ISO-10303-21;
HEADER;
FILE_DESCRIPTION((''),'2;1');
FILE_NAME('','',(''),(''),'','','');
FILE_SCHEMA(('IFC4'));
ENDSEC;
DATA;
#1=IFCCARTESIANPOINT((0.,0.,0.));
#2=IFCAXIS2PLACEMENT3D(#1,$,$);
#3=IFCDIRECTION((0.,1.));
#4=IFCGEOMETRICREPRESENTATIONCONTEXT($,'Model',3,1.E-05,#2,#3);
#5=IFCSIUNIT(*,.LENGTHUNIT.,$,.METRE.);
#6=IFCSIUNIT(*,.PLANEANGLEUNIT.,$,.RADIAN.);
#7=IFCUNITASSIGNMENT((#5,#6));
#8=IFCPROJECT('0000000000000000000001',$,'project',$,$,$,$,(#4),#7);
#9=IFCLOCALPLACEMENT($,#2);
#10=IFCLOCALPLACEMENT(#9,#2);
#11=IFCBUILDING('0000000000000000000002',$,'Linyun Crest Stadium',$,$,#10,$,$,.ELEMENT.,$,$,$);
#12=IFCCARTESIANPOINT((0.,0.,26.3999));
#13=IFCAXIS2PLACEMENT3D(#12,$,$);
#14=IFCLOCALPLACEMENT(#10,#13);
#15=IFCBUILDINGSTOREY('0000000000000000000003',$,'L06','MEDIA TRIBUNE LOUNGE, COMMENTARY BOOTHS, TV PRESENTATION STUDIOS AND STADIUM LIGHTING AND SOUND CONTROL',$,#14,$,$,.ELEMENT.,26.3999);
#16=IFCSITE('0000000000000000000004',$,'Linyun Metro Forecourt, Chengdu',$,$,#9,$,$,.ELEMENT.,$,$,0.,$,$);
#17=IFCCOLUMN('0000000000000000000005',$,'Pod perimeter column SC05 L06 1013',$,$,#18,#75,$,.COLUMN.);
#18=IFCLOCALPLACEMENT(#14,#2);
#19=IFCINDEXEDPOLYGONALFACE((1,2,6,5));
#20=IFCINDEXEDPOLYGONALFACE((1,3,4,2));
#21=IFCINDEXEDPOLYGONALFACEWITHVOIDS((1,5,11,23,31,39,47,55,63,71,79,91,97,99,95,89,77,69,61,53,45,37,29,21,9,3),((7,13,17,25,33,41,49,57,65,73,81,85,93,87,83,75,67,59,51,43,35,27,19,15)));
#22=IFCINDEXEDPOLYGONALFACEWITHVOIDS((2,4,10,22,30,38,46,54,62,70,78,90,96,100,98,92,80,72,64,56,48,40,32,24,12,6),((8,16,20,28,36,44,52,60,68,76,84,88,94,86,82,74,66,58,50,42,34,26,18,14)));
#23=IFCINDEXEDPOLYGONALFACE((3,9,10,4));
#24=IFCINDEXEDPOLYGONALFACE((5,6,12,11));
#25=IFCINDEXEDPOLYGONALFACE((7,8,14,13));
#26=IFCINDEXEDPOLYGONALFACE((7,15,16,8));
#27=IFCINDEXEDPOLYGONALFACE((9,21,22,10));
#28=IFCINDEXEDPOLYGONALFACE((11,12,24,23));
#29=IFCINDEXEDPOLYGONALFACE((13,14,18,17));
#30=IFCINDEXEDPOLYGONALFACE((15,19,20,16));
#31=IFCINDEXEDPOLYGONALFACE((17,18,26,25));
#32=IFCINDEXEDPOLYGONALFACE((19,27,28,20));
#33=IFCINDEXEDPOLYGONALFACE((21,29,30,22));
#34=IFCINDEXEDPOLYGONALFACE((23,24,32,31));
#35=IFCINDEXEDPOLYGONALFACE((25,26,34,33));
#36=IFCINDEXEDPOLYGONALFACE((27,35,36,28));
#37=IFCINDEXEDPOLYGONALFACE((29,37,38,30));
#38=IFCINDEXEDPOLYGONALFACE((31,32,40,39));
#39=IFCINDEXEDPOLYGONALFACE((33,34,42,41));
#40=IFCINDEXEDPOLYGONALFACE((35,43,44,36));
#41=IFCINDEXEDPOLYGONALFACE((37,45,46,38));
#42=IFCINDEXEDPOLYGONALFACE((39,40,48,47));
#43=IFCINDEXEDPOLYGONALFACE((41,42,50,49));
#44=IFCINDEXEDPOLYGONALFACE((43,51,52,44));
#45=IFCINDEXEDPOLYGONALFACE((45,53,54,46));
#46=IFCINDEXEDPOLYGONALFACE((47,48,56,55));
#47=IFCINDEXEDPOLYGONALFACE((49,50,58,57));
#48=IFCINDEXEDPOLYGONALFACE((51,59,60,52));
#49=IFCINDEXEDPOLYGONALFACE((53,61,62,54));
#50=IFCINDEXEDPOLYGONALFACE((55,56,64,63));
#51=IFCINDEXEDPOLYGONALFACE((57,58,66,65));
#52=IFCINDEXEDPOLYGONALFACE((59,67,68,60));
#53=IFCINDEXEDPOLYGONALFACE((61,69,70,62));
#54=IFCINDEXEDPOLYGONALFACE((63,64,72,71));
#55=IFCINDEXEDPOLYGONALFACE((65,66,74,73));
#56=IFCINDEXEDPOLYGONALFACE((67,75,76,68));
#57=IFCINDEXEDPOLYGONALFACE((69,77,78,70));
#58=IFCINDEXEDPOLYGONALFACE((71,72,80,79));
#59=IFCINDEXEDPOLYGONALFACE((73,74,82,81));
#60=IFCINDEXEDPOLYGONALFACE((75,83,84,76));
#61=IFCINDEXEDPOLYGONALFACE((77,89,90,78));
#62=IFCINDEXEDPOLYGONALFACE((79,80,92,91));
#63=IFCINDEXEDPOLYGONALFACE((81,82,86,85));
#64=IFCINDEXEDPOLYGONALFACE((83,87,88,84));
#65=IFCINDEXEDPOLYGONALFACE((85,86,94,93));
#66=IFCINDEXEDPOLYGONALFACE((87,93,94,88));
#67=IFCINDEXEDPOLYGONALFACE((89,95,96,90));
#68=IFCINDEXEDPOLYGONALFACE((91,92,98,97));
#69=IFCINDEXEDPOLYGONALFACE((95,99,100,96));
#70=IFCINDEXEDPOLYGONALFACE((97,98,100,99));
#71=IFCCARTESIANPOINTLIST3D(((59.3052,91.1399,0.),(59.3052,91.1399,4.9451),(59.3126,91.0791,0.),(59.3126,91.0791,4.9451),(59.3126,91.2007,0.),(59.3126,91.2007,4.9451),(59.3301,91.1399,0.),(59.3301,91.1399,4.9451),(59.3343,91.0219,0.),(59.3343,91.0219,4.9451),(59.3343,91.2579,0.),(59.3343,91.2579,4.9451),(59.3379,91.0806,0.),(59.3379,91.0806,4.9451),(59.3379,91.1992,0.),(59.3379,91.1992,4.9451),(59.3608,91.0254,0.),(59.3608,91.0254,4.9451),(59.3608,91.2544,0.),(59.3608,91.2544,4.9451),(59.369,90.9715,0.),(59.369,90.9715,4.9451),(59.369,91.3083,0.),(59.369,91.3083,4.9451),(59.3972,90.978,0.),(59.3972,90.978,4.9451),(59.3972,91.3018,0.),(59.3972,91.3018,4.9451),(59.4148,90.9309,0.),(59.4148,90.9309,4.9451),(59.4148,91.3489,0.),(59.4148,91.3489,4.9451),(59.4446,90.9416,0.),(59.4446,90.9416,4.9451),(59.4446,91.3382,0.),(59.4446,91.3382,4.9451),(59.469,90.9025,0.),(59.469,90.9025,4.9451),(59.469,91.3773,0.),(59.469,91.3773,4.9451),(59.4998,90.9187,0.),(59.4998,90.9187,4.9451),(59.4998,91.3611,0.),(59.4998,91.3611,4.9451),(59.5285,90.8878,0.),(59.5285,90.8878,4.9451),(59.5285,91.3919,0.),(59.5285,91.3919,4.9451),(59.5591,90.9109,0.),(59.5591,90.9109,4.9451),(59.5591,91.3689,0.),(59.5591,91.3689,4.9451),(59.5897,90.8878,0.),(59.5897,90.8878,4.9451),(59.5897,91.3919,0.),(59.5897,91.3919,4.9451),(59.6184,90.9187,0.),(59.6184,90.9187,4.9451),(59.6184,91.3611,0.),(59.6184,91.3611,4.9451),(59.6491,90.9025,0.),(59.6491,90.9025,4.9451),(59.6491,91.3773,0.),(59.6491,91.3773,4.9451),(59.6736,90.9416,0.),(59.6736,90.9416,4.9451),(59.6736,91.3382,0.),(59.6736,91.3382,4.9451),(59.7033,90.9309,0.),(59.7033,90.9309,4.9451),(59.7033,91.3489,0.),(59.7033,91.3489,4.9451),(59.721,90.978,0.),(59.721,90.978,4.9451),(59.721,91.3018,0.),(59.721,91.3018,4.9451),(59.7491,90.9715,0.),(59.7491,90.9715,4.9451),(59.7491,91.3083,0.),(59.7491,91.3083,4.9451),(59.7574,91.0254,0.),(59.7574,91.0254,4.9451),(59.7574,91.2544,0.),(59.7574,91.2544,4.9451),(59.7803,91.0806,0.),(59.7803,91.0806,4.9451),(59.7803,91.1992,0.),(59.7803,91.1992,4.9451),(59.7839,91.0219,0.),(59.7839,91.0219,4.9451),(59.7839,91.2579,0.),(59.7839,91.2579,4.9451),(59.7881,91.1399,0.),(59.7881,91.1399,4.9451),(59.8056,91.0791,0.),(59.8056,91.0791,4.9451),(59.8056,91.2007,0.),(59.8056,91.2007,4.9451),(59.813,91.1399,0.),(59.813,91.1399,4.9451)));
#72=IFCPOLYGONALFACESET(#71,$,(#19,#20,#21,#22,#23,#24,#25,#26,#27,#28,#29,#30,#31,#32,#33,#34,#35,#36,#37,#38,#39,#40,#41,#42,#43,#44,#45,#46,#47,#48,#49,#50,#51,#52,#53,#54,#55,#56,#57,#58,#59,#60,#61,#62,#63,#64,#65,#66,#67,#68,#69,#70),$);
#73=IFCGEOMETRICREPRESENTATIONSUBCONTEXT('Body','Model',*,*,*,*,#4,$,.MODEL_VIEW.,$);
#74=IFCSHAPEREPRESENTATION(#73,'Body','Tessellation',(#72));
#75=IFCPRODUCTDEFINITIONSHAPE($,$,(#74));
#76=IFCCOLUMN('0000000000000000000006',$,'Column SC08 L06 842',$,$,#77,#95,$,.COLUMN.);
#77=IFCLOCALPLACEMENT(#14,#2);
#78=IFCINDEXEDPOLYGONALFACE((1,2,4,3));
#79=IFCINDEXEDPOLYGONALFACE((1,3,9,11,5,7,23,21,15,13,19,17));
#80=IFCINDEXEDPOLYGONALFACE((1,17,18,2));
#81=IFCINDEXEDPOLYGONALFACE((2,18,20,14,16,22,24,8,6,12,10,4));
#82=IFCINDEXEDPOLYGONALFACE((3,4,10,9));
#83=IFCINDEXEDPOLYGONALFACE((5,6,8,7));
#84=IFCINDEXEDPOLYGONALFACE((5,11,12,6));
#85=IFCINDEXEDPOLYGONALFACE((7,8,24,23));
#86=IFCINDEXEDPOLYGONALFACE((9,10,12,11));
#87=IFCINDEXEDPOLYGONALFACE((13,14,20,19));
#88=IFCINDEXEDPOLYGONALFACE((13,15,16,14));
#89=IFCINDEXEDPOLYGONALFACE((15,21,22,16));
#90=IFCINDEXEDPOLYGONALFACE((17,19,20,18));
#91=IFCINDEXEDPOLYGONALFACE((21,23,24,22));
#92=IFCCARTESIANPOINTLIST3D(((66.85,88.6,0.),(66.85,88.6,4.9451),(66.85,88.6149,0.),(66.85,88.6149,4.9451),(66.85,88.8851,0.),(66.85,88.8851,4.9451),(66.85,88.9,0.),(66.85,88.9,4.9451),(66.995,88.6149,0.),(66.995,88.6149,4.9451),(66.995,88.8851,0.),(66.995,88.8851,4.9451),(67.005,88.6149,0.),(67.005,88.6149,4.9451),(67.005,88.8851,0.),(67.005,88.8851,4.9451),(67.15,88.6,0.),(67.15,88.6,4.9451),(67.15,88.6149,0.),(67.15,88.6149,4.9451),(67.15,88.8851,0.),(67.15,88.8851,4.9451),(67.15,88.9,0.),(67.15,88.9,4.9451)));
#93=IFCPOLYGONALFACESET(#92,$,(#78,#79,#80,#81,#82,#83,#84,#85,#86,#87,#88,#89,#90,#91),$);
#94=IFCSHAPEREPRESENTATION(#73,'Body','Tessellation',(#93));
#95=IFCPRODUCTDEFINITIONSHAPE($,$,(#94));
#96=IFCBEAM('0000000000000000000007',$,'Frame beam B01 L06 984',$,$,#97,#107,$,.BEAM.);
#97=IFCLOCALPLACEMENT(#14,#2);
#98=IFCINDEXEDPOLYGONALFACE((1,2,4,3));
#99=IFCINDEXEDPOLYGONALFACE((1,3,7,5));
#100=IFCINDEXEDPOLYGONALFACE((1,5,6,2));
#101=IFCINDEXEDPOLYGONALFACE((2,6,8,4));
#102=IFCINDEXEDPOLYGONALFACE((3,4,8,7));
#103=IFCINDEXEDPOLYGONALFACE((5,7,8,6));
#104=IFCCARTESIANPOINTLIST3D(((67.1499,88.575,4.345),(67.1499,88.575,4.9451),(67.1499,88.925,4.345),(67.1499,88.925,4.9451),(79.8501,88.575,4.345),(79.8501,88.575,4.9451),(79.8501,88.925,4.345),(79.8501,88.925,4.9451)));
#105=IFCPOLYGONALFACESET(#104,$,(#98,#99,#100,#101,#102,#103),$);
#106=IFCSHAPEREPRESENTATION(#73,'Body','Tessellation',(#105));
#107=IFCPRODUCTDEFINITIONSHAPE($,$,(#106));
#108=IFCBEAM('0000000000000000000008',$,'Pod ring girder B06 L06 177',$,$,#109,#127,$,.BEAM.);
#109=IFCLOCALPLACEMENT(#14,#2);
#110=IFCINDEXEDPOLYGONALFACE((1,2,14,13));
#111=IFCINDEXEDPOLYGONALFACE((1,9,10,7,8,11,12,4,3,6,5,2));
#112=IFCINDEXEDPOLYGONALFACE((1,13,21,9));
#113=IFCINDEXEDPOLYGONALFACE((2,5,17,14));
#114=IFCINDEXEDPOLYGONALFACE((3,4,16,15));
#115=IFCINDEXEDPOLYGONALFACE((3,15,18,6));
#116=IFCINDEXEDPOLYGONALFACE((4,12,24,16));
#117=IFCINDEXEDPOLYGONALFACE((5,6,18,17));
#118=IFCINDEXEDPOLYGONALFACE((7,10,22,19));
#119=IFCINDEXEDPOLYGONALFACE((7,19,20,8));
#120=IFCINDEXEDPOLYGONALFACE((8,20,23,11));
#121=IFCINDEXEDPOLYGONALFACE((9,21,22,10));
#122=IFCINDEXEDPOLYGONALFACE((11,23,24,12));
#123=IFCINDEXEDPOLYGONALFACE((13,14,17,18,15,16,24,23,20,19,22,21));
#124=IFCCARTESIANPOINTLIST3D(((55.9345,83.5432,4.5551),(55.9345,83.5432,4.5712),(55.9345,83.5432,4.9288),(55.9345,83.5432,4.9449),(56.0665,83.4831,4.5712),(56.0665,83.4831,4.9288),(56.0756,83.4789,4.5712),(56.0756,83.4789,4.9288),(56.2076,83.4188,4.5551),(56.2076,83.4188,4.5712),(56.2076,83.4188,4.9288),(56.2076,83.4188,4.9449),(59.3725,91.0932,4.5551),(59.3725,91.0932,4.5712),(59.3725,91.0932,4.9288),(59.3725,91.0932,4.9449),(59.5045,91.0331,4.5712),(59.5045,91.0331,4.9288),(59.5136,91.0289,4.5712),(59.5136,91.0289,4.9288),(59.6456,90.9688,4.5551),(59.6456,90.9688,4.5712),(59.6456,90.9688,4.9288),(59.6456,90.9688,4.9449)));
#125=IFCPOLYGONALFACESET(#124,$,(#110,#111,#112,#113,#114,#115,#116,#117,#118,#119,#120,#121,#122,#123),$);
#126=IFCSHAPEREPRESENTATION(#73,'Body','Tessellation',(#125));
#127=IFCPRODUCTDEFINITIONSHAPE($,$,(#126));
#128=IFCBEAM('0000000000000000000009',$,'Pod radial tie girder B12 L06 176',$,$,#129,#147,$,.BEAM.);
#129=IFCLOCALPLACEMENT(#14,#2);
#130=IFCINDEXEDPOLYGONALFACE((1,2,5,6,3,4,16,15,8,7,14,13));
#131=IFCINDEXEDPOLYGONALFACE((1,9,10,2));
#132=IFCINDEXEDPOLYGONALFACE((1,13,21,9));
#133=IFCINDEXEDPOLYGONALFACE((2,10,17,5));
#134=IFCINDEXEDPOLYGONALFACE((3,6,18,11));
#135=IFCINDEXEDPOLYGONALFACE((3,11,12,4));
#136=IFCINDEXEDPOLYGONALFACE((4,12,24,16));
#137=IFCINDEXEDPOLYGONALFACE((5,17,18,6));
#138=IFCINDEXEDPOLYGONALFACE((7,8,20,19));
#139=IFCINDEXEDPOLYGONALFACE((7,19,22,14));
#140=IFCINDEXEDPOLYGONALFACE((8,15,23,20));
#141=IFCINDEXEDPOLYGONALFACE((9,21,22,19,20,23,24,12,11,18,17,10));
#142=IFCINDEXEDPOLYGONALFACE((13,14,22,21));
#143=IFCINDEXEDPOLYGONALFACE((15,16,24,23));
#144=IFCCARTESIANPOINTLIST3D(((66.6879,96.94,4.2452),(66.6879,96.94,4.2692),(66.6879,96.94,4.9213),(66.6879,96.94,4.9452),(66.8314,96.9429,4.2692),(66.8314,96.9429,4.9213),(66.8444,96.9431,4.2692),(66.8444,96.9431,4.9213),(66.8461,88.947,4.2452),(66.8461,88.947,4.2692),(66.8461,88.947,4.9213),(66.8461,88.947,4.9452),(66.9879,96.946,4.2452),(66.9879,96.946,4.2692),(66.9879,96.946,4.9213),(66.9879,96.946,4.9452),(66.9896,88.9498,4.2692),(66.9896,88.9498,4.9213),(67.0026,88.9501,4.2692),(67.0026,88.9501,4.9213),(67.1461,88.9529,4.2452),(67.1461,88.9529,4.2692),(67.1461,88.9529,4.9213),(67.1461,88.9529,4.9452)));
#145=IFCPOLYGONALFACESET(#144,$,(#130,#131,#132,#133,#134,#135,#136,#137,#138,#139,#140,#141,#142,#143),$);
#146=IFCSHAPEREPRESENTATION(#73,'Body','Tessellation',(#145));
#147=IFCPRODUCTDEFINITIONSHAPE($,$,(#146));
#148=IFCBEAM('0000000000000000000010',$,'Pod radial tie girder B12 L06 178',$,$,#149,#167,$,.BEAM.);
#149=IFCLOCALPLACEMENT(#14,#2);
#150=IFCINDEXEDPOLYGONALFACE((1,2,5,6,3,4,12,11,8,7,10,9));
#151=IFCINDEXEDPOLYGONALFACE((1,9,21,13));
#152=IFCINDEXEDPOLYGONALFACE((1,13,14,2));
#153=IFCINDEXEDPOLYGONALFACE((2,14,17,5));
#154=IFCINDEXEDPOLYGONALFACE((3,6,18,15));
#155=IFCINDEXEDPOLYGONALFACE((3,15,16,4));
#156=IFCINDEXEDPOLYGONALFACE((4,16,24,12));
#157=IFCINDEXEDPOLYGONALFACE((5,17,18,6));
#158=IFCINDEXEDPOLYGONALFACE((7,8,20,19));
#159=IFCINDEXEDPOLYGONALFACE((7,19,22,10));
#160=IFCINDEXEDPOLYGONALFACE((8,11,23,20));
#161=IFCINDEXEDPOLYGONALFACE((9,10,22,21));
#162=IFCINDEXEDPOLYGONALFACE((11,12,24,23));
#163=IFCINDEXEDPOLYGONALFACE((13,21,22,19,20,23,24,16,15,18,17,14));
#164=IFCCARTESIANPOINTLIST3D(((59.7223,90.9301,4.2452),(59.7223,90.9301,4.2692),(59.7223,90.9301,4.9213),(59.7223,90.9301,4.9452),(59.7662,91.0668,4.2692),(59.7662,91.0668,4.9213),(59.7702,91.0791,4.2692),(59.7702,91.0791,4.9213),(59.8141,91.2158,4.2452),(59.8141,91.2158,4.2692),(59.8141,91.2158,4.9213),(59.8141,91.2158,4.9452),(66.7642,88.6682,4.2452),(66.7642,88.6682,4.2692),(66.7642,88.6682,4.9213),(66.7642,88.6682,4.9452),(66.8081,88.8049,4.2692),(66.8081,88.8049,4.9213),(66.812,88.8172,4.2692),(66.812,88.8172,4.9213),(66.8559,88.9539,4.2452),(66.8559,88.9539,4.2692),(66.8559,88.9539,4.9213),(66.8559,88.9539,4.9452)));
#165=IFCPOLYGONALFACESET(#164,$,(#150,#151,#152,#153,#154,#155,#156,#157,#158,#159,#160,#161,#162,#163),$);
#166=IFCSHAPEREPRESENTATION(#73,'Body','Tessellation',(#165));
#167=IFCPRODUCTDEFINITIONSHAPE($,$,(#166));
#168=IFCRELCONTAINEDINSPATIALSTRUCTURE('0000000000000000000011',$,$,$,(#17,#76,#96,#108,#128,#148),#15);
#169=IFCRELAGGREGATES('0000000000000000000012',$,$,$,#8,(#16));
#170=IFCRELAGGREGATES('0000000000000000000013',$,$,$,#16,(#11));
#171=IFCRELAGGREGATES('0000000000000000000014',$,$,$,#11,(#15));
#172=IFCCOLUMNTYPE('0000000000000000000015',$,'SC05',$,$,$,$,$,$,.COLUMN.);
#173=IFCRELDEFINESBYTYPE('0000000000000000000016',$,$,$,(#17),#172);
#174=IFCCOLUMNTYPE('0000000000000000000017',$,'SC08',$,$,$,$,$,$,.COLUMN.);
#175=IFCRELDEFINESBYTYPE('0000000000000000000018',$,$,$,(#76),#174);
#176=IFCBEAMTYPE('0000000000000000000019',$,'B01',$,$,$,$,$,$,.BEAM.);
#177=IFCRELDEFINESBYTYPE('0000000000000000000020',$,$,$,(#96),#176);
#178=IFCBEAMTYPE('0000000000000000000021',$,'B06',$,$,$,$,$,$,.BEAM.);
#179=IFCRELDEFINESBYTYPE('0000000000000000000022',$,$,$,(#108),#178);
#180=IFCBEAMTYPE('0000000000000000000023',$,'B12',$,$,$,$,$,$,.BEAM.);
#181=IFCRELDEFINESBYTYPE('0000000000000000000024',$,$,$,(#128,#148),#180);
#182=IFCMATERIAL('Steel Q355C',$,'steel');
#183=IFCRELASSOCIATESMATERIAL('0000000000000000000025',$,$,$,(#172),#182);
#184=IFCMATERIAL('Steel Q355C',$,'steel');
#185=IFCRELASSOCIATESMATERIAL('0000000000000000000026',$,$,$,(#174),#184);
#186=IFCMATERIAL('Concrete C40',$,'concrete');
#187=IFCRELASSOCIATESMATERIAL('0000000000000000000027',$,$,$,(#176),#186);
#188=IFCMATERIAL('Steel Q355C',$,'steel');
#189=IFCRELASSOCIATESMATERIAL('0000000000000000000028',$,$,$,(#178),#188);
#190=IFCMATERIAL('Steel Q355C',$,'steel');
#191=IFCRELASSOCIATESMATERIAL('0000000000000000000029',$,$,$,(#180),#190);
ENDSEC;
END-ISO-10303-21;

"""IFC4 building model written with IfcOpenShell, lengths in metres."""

from ifc_helpers import new_model, si_unit, direction, frame, origin, origin_2d, place, context, subcontext, project, spatial, rectangle, hollow_circle, i_section, extrude, material, material_profile, profile_set, type_object, element, save


model = new_model("IFC4")

# Units and contexts
model_context = context("Model", 3, precision=1e-05, world=origin(), true_north=direction((0.0, 1.0)))
body_context = subcontext(model_context, "Body", "Model", "MODEL_VIEW")
ifc_project = project(units=[si_unit("LENGTHUNIT", "METRE"), si_unit("PLANEANGLEUNIT", "RADIAN")], contexts=[model_context])

# Site, building, storey
site_placement = place(None, origin())
site = spatial("IfcSite", under=ifc_project, at=site_placement, Name="Linyun Metro Forecourt, Chengdu", CompositionType="ELEMENT", RefElevation=0.0)
building_placement = place(site_placement, origin())
building = spatial("IfcBuilding", under=site, at=building_placement, Name="Linyun Crest Stadium", CompositionType="ELEMENT")
storey_placement = place(building_placement, frame((0.0, 0.0, 26.3999)))
storey = spatial("IfcBuildingStorey", under=building, at=storey_placement, Name="L06", Description="MEDIA TRIBUNE LOUNGE, COMMENTARY BOOTHS, TV PRESENTATION STUDIOS AND STADIUM LIGHTING AND SOUND CONTROL", CompositionType="ELEMENT", Elevation=26.3999)

# Columns
ifc_material_1 = material(Name="Steel Q355C", Category="steel")
ifc_material_profile_1 = material_profile(ifc_material_1, hollow_circle(Radius=0.2539, WallThickness=0.0249, at=origin_2d()), Name="CHS 508x25")
ifc_profile_set_1 = profile_set([ifc_material_profile_1], Name="Steel Q355C")
column_type_1 = type_object("IfcColumnType", Name="SC05", PredefinedType="COLUMN", material=ifc_profile_set_1)
column_1_placement = place(storey_placement, frame((59.5591, 91.1399, 0.0), z_axis=(0.0, 0.0, 1.0), x_axis=(1.0, 0.0, 0.0)))
element("IfcColumn", 1, at=column_1_placement, inside=storey, type_object=column_type_1, Name="Pod perimeter column SC05 L06 1013", PredefinedType="COLUMN", context=body_context, shape_type="SweptSolid", body=[
    extrude(hollow_circle(Radius=0.2539, WallThickness=0.0249, at=origin_2d()), origin(), (0.0, 0.0, 1.0), 4.9451),
])
ifc_material_2 = material(Name="Steel Q355C", Category="steel")
ifc_material_profile_2 = material_profile(ifc_material_2, i_section(OverallWidth=0.3, OverallDepth=0.3, WebThickness=0.01, FlangeThickness=0.0149, at=origin_2d()), Name="HW 300x300")
ifc_profile_set_2 = profile_set([ifc_material_profile_2], Name="Steel Q355C")
column_type_2 = type_object("IfcColumnType", Name="SC08", PredefinedType="COLUMN", material=ifc_profile_set_2)
column_2_placement = place(storey_placement, frame((67.0, 88.75, 0.0), z_axis=(0.0, 0.0, 1.0), x_axis=(1.0, 0.0, 0.0)))
element("IfcColumn", 2, at=column_2_placement, inside=storey, type_object=column_type_2, Name="Column SC08 L06 842", PredefinedType="COLUMN", context=body_context, shape_type="SweptSolid", body=[
    extrude(i_section(OverallWidth=0.3, OverallDepth=0.3, WebThickness=0.01, FlangeThickness=0.0149, at=origin_2d()), origin(), (0.0, 0.0, 1.0), 4.9451),
])

# Beams
ifc_material_3 = material(Name="Concrete C40", Category="concrete")
ifc_material_profile_3 = material_profile(ifc_material_3, rectangle(XDim=0.3501, YDim=0.6001, at=origin_2d()), Name="RCB 600x350")
ifc_profile_set_3 = profile_set([ifc_material_profile_3], Name="Concrete C40")
beam_type_1 = type_object("IfcBeamType", Name="B01", PredefinedType="BEAM", material=ifc_profile_set_3)
beam_1_placement = place(storey_placement, frame((67.1499, 88.75, 4.645), z_axis=(1.0, 0.0, 0.0), x_axis=(0.0, 1.0, 0.0)))
element("IfcBeam", 3, at=beam_1_placement, inside=storey, type_object=beam_type_1, Name="Frame beam B01 L06 984", PredefinedType="BEAM", context=body_context, shape_type="SweptSolid", body=[
    extrude(rectangle(XDim=0.3501, YDim=0.6001, at=origin_2d()), origin(), (0.0, 0.0, 1.0), 12.7002),
])
ifc_material_4 = material(Name="Steel Q355C", Category="steel")
ifc_material_profile_4 = material_profile(ifc_material_4, i_section(OverallWidth=0.3, OverallDepth=0.3899, WebThickness=0.01, FlangeThickness=0.0161, at=origin_2d()), Name="HM 390x300")
ifc_profile_set_4 = profile_set([ifc_material_profile_4], Name="Steel Q355C")
beam_type_2 = type_object("IfcBeamType", Name="B06", PredefinedType="BEAM", material=ifc_profile_set_4)
beam_2_placement = place(storey_placement, frame((59.509, 91.031, 4.75), z_axis=(-0.414417, -0.910087, 0.0), x_axis=(0.910087, -0.414417, 0.0)))
element("IfcBeam", 4, at=beam_2_placement, inside=storey, type_object=beam_type_2, Name="Pod ring girder B06 L06 177", PredefinedType="BEAM", context=body_context, shape_type="SweptSolid", body=[
    extrude(i_section(OverallWidth=0.3, OverallDepth=0.3899, WebThickness=0.01, FlangeThickness=0.0161, at=origin_2d()), origin(), (0.0, 0.0, 1.0), 8.2959),
])
ifc_material_5 = material(Name="Steel Q355C", Category="steel")
ifc_material_profile_5 = material_profile(ifc_material_5, i_section(OverallWidth=0.3, OverallDepth=0.7, WebThickness=0.0129, FlangeThickness=0.0239, at=origin_2d()), Name="HN 700x300")
ifc_profile_set_5 = profile_set([ifc_material_profile_5], Name="Steel Q355C")
beam_type_3 = type_object("IfcBeamType", Name="B12", PredefinedType="BEAM", material=ifc_profile_set_5)
beam_3_placement = place(storey_placement, frame((66.9961, 88.95, 4.5952), z_axis=(-0.019788, 0.999804, 0.0), x_axis=(-0.999804, -0.019788, 0.0)))
element("IfcBeam", 5, at=beam_3_placement, inside=storey, type_object=beam_type_3, Name="Pod radial tie girder B12 L06 176", PredefinedType="BEAM", context=body_context, shape_type="SweptSolid", body=[
    extrude(i_section(OverallWidth=0.3, OverallDepth=0.7, WebThickness=0.0129, FlangeThickness=0.0239, at=origin_2d()), origin(), (0.0, 0.0, 1.0), 7.9946),
])
beam_4_placement = place(storey_placement, frame((66.8101, 88.811, 4.5952), z_axis=(-0.952089, 0.305821, 0.0), x_axis=(-0.305821, -0.952089, 0.0)))
element("IfcBeam", 6, at=beam_4_placement, inside=storey, type_object=beam_type_3, Name="Pod radial tie girder B12 L06 178", PredefinedType="BEAM", context=body_context, shape_type="SweptSolid", body=[
    extrude(i_section(OverallWidth=0.3, OverallDepth=0.7, WebThickness=0.0129, FlangeThickness=0.0239, at=origin_2d()), origin(), (0.0, 0.0, 1.0), 7.3962),
])

save(model, "model.ifc")
